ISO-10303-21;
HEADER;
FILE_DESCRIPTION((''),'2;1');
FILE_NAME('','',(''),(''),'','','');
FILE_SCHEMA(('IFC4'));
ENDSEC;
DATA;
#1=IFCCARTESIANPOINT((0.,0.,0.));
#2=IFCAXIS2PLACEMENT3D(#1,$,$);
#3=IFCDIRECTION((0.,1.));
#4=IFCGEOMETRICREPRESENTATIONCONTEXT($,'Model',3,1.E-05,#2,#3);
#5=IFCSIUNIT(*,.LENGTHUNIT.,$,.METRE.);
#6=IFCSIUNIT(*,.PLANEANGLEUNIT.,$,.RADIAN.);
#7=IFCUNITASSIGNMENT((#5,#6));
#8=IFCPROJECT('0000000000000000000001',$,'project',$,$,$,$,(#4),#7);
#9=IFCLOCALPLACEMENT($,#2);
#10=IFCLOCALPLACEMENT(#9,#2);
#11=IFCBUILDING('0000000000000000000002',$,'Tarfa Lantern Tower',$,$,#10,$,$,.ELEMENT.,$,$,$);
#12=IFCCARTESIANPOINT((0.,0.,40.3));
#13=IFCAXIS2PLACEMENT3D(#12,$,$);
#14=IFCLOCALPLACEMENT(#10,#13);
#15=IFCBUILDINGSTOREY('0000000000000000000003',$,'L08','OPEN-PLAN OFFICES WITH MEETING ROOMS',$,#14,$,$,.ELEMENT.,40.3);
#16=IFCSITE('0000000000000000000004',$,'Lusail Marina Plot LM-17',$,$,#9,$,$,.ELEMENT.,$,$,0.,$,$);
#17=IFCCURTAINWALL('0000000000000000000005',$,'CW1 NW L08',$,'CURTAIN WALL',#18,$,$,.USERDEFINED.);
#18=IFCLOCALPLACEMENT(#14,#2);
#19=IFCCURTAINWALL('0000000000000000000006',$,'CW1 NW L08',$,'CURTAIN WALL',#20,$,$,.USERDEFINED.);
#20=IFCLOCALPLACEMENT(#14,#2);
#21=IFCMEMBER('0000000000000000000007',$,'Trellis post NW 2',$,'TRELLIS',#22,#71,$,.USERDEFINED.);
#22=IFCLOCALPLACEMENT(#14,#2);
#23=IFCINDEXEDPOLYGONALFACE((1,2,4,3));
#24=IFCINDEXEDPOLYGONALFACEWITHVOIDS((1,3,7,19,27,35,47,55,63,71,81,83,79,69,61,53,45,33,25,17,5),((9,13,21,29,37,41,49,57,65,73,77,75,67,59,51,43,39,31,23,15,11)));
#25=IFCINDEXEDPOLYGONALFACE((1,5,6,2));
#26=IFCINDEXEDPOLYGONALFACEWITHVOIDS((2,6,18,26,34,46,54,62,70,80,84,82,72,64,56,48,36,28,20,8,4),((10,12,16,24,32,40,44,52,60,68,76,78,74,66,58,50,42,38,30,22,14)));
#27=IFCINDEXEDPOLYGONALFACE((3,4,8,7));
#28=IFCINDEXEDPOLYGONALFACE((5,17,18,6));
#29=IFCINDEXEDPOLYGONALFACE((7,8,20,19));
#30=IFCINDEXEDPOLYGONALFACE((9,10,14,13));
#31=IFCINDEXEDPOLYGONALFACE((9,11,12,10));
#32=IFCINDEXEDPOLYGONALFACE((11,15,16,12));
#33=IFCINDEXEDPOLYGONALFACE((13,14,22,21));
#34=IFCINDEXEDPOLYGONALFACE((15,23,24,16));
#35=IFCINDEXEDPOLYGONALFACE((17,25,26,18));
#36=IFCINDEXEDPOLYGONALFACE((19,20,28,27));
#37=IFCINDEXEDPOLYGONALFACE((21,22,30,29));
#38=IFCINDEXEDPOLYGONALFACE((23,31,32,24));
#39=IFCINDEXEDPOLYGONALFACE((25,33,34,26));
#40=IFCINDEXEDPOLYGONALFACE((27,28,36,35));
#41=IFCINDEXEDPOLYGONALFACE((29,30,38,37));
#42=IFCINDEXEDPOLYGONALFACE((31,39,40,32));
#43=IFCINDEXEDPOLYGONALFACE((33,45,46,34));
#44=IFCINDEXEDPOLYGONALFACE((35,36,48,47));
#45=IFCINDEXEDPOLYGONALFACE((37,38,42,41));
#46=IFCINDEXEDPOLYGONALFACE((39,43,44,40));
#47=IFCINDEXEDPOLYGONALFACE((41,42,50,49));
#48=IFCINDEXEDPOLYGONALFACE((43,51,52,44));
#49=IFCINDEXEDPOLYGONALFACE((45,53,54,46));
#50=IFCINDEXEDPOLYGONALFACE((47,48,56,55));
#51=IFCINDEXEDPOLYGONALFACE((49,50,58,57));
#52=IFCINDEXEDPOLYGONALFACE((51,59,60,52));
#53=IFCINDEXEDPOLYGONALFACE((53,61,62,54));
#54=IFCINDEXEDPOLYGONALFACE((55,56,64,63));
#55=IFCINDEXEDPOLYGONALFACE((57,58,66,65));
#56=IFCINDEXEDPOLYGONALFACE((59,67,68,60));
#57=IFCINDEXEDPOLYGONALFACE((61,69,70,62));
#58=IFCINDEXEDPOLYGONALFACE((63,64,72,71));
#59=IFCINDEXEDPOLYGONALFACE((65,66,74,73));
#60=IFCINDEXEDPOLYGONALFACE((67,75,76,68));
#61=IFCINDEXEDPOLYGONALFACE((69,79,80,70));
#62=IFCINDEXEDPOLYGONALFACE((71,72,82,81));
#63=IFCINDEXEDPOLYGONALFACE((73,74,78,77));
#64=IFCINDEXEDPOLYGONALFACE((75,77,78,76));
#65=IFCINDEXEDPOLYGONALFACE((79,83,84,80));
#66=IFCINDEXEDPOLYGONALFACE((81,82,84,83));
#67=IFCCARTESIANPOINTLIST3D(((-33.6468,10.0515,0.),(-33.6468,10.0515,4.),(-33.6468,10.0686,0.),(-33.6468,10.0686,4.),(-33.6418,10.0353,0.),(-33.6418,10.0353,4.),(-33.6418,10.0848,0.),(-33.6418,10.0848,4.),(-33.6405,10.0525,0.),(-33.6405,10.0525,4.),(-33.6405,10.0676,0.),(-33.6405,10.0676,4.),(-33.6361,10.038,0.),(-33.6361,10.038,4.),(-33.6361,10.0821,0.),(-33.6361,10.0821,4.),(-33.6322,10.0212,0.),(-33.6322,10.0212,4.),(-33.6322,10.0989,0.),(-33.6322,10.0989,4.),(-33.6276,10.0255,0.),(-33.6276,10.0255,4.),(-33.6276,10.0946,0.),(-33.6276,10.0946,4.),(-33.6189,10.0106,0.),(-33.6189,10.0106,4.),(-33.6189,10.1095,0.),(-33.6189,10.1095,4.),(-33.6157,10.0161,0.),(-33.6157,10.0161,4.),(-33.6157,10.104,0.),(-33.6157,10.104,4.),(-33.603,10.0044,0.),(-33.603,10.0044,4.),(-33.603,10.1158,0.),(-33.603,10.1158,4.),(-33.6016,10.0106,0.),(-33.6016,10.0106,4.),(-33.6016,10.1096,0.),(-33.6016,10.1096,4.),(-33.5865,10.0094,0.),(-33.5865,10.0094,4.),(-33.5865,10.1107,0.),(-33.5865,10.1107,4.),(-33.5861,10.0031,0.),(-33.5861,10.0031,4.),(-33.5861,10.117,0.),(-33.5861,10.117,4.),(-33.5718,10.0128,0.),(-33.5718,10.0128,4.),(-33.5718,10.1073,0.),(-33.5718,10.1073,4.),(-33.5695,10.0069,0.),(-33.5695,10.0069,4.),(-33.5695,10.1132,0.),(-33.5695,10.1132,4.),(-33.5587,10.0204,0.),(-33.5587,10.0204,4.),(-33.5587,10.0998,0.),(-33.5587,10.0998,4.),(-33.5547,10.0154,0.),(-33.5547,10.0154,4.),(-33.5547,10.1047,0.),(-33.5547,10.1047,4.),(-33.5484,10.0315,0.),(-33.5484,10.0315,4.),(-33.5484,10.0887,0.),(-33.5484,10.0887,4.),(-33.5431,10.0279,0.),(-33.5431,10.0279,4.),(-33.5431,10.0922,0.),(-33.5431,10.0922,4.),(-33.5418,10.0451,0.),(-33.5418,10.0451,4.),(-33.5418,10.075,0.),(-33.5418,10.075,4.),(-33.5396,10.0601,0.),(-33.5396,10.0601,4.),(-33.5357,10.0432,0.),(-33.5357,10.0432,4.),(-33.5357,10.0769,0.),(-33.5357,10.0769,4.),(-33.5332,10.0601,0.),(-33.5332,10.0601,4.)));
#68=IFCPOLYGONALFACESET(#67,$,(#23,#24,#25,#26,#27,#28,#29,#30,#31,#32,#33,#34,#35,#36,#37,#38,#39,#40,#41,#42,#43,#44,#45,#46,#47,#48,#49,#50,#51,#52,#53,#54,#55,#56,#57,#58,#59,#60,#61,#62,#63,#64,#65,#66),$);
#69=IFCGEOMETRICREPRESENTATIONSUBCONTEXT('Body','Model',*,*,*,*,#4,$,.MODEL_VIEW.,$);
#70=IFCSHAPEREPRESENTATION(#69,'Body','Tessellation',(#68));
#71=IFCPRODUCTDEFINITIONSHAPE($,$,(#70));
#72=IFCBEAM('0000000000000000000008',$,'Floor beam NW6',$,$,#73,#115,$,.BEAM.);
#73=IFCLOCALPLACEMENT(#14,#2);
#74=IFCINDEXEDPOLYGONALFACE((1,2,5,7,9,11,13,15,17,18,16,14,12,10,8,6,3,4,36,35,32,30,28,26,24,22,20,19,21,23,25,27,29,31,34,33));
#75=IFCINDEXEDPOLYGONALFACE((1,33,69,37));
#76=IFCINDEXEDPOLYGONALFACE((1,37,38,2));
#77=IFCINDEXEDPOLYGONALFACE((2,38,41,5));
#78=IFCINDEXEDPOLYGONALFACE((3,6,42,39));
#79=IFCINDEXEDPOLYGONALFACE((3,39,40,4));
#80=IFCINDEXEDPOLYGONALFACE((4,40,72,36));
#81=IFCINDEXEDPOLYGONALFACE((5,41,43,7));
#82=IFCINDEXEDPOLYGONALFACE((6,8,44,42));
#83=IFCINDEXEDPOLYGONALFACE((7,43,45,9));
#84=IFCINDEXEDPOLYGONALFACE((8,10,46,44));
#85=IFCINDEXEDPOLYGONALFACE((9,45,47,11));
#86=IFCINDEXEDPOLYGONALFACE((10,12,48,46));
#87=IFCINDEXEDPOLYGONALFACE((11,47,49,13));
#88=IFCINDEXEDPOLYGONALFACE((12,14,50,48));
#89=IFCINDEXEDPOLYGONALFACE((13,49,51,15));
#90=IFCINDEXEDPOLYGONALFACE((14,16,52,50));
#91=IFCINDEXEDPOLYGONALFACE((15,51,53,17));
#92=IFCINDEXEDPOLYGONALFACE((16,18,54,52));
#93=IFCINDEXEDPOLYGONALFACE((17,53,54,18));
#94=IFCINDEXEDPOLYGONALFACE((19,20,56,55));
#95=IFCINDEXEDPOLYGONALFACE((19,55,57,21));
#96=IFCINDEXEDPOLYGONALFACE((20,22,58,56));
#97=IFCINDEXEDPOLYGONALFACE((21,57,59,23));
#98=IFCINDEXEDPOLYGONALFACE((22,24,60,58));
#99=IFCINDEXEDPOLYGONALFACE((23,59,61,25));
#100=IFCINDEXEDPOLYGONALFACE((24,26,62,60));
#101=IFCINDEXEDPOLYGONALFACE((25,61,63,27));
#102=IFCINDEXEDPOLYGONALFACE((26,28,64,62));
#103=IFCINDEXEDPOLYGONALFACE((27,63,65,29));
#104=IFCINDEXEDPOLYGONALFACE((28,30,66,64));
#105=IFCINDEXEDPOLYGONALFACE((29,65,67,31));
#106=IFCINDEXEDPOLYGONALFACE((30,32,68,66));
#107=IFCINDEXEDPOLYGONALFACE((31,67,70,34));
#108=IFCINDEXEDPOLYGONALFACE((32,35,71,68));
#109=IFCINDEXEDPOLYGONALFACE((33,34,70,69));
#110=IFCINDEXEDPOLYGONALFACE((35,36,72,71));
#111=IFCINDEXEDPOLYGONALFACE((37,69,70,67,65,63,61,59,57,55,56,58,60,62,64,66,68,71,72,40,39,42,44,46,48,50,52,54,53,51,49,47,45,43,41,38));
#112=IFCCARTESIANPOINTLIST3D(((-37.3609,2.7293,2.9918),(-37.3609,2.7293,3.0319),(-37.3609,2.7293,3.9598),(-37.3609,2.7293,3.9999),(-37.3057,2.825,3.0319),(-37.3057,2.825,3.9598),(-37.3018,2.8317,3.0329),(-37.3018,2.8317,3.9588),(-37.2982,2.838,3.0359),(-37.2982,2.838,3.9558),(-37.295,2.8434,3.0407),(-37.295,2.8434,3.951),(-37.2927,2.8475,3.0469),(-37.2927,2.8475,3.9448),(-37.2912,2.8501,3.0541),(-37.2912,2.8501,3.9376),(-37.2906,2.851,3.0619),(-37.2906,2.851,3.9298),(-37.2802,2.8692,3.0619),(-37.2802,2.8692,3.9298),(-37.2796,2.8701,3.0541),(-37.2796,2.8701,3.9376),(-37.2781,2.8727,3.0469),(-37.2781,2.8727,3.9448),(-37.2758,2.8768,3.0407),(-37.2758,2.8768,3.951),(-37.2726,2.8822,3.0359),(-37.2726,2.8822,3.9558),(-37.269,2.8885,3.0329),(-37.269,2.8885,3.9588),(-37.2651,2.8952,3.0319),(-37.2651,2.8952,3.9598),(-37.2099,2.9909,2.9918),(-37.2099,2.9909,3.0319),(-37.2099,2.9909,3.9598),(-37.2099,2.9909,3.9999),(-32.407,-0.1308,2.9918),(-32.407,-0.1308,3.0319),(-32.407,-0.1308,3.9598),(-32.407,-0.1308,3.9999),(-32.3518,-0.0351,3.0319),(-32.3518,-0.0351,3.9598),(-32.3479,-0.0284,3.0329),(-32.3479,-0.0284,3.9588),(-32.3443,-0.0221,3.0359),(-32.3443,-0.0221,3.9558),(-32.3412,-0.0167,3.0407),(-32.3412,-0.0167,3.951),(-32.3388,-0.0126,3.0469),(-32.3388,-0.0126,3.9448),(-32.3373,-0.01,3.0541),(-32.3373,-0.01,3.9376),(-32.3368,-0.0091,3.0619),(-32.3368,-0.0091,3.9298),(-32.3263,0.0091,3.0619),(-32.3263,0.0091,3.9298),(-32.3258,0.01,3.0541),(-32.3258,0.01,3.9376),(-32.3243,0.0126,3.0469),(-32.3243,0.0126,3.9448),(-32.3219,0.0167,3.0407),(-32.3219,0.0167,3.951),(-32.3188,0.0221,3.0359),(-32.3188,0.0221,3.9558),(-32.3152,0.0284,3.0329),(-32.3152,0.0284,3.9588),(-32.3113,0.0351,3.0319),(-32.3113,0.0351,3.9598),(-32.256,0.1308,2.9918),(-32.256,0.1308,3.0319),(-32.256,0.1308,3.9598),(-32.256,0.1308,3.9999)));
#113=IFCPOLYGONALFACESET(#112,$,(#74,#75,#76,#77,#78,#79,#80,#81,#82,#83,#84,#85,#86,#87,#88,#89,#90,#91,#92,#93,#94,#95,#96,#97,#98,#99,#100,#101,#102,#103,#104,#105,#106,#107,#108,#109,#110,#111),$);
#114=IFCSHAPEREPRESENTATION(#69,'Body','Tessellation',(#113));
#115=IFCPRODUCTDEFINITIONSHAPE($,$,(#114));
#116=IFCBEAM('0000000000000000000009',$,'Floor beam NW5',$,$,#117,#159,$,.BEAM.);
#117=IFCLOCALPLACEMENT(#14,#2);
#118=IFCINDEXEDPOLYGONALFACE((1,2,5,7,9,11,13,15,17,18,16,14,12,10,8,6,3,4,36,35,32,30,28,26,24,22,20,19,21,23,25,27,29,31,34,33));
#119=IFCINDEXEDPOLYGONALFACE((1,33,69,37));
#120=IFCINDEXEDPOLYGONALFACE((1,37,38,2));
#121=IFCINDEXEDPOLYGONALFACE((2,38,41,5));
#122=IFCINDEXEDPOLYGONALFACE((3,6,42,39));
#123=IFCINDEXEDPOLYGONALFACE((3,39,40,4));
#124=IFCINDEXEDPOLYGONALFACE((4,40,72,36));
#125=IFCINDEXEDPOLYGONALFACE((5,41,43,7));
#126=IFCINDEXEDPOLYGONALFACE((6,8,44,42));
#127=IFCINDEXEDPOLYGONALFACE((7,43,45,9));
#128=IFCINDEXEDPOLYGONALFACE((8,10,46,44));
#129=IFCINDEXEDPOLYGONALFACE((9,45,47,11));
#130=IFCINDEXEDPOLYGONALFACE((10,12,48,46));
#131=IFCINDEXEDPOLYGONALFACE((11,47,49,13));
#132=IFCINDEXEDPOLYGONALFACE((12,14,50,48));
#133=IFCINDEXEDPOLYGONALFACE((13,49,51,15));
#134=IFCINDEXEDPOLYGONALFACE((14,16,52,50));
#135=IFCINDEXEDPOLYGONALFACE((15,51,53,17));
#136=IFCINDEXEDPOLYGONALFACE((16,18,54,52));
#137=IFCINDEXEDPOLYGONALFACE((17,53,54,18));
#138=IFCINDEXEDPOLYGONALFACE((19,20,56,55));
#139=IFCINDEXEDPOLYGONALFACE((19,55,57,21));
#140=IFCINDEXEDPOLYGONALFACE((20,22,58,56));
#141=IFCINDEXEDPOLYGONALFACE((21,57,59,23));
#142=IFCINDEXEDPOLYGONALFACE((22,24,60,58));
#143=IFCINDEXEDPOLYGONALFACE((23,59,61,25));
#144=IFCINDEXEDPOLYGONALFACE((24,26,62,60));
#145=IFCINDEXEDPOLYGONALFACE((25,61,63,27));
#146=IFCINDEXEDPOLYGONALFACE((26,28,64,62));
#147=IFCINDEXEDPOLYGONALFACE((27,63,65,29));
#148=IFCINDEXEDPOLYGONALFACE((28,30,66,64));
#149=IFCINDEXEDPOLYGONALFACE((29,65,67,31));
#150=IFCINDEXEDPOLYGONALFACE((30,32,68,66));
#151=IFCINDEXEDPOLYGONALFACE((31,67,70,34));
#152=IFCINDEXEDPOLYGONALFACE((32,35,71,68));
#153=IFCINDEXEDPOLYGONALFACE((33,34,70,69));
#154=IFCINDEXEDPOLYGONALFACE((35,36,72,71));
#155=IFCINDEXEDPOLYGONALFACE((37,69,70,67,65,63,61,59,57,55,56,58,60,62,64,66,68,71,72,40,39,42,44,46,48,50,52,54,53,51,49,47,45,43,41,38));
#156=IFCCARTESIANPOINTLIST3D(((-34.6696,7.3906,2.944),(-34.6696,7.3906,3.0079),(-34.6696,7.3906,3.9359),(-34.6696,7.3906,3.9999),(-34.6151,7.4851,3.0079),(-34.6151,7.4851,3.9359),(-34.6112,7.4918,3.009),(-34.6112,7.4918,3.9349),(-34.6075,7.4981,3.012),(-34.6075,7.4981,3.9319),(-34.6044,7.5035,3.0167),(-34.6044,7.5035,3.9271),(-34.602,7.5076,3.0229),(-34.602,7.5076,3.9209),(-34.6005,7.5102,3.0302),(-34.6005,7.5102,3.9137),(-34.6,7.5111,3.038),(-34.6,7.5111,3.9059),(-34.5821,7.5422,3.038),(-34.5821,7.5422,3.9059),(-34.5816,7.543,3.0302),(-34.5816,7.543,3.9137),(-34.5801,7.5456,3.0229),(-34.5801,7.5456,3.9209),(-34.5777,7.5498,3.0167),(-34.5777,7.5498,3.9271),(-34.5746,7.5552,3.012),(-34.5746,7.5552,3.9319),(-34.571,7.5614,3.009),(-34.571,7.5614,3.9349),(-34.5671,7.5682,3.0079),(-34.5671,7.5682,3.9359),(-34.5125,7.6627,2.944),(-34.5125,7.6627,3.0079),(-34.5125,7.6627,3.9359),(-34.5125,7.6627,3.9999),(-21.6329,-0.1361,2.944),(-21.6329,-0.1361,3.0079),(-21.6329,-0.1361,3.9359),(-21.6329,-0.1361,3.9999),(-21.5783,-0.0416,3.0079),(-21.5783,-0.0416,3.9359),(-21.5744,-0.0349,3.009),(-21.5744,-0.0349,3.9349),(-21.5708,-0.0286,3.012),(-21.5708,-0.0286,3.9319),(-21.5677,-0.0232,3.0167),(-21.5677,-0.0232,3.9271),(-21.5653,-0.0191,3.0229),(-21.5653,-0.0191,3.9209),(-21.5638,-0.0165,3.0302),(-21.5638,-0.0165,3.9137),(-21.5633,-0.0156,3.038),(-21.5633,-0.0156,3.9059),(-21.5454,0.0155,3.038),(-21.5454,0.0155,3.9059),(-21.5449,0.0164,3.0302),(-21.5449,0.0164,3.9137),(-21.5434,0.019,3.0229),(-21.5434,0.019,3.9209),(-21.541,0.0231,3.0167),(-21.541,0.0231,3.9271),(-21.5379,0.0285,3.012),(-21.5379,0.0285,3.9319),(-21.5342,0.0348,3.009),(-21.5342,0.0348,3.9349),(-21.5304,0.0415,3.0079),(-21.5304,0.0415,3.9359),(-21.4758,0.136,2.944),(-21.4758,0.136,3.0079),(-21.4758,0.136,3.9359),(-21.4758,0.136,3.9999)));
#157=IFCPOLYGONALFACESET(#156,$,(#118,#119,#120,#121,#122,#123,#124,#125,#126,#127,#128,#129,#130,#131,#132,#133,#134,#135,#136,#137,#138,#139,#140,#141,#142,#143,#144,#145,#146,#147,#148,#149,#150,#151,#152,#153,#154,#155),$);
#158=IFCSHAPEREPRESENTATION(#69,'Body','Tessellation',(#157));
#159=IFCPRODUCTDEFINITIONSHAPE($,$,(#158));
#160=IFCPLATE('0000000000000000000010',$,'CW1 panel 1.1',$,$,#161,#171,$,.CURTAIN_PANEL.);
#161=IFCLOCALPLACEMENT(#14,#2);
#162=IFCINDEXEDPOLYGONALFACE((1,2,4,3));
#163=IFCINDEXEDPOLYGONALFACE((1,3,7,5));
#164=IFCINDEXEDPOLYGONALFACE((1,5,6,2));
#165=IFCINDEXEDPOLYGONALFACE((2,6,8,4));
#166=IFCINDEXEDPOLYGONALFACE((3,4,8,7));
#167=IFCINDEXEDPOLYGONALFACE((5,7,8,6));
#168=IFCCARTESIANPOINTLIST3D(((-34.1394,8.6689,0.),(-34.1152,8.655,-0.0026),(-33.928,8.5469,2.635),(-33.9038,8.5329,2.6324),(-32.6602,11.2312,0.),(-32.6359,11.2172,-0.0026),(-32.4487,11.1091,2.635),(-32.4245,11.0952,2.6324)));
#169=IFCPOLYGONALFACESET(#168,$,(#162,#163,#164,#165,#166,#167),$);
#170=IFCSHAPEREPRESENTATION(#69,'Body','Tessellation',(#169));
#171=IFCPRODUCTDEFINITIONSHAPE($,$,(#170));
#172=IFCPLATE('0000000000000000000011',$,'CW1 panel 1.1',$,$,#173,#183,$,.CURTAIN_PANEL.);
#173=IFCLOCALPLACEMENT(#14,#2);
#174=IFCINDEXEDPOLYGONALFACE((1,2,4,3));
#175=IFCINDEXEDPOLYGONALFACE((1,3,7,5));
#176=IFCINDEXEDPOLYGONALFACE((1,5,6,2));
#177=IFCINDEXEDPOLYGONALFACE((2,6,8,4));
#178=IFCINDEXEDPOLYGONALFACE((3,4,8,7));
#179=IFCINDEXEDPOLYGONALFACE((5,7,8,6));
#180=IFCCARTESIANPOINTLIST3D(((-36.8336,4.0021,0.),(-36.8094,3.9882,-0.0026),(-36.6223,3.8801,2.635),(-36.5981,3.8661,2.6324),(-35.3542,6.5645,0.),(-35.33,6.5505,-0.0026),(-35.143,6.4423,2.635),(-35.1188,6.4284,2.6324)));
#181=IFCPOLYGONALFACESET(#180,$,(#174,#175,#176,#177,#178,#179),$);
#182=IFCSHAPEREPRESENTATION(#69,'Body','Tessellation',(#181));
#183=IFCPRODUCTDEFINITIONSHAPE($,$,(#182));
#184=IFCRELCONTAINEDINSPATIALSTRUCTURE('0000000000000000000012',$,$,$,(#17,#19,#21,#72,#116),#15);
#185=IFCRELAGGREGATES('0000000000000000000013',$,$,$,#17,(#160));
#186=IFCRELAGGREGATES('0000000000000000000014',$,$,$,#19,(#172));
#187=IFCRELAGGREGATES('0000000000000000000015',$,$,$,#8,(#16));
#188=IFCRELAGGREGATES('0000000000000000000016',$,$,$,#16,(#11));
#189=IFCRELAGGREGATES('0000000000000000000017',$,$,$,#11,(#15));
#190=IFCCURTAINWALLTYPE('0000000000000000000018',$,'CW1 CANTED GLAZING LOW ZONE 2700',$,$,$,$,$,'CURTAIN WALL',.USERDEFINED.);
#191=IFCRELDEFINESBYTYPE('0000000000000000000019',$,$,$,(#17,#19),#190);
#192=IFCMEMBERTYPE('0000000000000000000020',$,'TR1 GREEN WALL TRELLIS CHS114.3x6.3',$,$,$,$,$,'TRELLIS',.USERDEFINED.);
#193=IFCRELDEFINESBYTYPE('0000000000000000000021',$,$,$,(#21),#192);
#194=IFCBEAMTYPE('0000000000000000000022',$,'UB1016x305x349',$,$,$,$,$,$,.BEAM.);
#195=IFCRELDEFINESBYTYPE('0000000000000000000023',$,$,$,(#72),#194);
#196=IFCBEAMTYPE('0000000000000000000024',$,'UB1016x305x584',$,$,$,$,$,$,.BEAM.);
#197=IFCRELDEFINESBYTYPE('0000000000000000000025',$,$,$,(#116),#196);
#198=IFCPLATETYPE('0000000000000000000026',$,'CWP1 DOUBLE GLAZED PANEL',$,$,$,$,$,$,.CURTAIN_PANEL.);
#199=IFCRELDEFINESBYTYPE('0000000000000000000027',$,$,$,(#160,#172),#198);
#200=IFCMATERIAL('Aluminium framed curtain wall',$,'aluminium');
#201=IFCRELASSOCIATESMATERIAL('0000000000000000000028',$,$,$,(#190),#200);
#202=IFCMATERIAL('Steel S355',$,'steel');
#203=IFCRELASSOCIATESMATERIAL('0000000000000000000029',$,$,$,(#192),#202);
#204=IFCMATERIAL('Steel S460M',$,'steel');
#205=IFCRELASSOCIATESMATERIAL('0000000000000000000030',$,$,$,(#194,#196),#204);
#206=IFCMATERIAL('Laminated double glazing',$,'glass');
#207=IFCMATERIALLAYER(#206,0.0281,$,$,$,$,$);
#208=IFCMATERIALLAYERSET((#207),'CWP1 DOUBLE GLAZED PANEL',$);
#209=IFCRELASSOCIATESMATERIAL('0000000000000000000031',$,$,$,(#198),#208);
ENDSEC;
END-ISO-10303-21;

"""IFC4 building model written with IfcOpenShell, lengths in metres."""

from ifc_helpers import new_model, si_unit, direction, frame, origin, origin_2d, place, context, subcontext, project, spatial, polyline, hollow_circle, i_section, outline, extrude, material, layer, layer_set, material_profile, profile_set, type_object, element, aggregate, save


model = new_model("IFC4")

# Units and contexts
model_context = context("Model", 3, precision=1e-05, world=origin(), true_north=direction((0.0, 1.0)))
body_context = subcontext(model_context, "Body", "Model", "MODEL_VIEW")
ifc_project = project(units=[si_unit("LENGTHUNIT", "METRE"), si_unit("PLANEANGLEUNIT", "RADIAN")], contexts=[model_context])

# Site, building, storey
site_placement = place(None, origin())
site = spatial("IfcSite", under=ifc_project, at=site_placement, Name="Lusail Marina Plot LM-17", CompositionType="ELEMENT", RefElevation=0.0)
building_placement = place(site_placement, origin())
building = spatial("IfcBuilding", under=site, at=building_placement, Name="Tarfa Lantern Tower", CompositionType="ELEMENT")
storey_placement = place(building_placement, frame((0.0, 0.0, 40.3)))
storey = spatial("IfcBuildingStorey", under=building, at=storey_placement, Name="L08", Description="OPEN-PLAN OFFICES WITH MEETING ROOMS", CompositionType="ELEMENT", Elevation=40.3)

# Curtain walls
ifc_material_1 = material(Name="Aluminium framed curtain wall", Category="aluminium")
curtain_wall_type = type_object("IfcCurtainWallType", Name="CW1 CANTED GLAZING LOW ZONE 2700", ElementType="CURTAIN WALL", PredefinedType="USERDEFINED", material=ifc_material_1)
curtain_wall_1_placement = place(storey_placement, origin())
curtain_wall_1 = element("IfcCurtainWall", 1, at=curtain_wall_1_placement, inside=storey, type_object=curtain_wall_type, Name="CW1 NW L08", ObjectType="CURTAIN WALL", PredefinedType="USERDEFINED")
curtain_wall_2_placement = place(storey_placement, origin())
curtain_wall_2 = element("IfcCurtainWall", 2, at=curtain_wall_2_placement, inside=storey, type_object=curtain_wall_type, Name="CW1 NW L08", ObjectType="CURTAIN WALL", PredefinedType="USERDEFINED")

# Member
ifc_material_2 = material(Name="Steel S355", Category="steel")
ifc_material_profile_1 = material_profile(ifc_material_2, hollow_circle(Radius=0.0571, WallThickness=0.0063, at=origin_2d()), Name="CHS114.3x6.3")
ifc_profile_set_1 = profile_set([ifc_material_profile_1], Name="Steel S355")
member_type_1 = type_object("IfcMemberType", Name="TR1 GREEN WALL TRELLIS CHS114.3x6.3", ElementType="TRELLIS", PredefinedType="USERDEFINED", material=ifc_profile_set_1)
member_1_placement = place(storey_placement, frame((-33.5903, 10.0601, 0.0), z_axis=(0.0, 0.0, 1.0), x_axis=(1.0, 0.0, 0.0)))
element("IfcMember", 3, at=member_1_placement, inside=storey, type_object=member_type_1, Name="Trellis post NW 2", ObjectType="TRELLIS", PredefinedType="USERDEFINED", context=body_context, shape_type="SweptSolid", body=[
    extrude(hollow_circle(Radius=0.0571, WallThickness=0.0063, at=origin_2d()), origin(), (0.0, 0.0, 1.0), 4.0),
])

# Beams
ifc_material_3 = material(Name="Steel S460M", Category="steel")
ifc_material_profile_2 = material_profile(ifc_material_3, i_section(OverallWidth=0.302, OverallDepth=1.0081, WebThickness=0.021, FlangeThickness=0.04, FilletRadius=0.03, at=origin_2d()), Name="UB1016x305x349")
ifc_profile_set_2 = profile_set([ifc_material_profile_2], Name="Steel S460M")
beam_type_1 = type_object("IfcBeamType", Name="UB1016x305x349", PredefinedType="BEAM", material=ifc_profile_set_2)
beam_1_placement = place(storey_placement, frame((-37.2854, 2.8601, 3.4958), z_axis=(0.866026, -0.5, 0.0), x_axis=(0.5, 0.866026, 0.0)))
element("IfcBeam", 4, at=beam_1_placement, inside=storey, type_object=beam_type_1, Name="Floor beam NW6", PredefinedType="BEAM", context=body_context, shape_type="SweptSolid", body=[
    extrude(i_section(OverallWidth=0.302, OverallDepth=1.0081, WebThickness=0.021, FlangeThickness=0.04, FilletRadius=0.03, at=origin_2d()), origin(), (0.0, 0.0, 1.0), 5.7202),
])
ifc_material_profile_3 = material_profile(ifc_material_3, i_section(OverallWidth=0.3142, OverallDepth=1.0559, WebThickness=0.0359, FlangeThickness=0.064, FilletRadius=0.03, at=origin_2d()), Name="UB1016x305x584")
ifc_profile_set_3 = profile_set([ifc_material_profile_3], Name="Steel S460M")
beam_type_2 = type_object("IfcBeamType", Name="UB1016x305x584", PredefinedType="BEAM", material=ifc_profile_set_3)
beam_2_placement = place(storey_placement, frame((-34.5911, 7.5266, 3.4719), z_axis=(0.866028, -0.499996, 0.0), x_axis=(0.499996, 0.866028, 0.0)))
element("IfcBeam", 5, at=beam_2_placement, inside=storey, type_object=beam_type_2, Name="Floor beam NW5", PredefinedType="BEAM", context=body_context, shape_type="SweptSolid", body=[
    extrude(i_section(OverallWidth=0.3142, OverallDepth=1.0559, WebThickness=0.0359, FlangeThickness=0.064, FilletRadius=0.03, at=origin_2d()), origin(), (0.0, 0.0, 1.0), 15.0535),
])

# Plates
ifc_material_4 = material(Name="Laminated double glazing", Category="glass")
ifc_layer_1 = layer(ifc_material_4, 0.0281)
ifc_layer_set_1 = layer_set([ifc_layer_1], Name="CWP1 DOUBLE GLAZED PANEL")
plate_type = type_object("IfcPlateType", Name="CWP1 DOUBLE GLAZED PANEL", PredefinedType="CURTAIN_PANEL", material=ifc_layer_set_1)
plate_1_placement = place(storey_placement, frame((-32.6602, 11.2312, 0.0), z_axis=(-0.862342, 0.49785, 0.092255), x_axis=(-0.499982, -0.866036, 0.0)))
plate_1 = element("IfcPlate", 6, at=plate_1_placement, type_object=plate_type, Name="CW1 panel 1.1", PredefinedType="CURTAIN_PANEL", context=body_context, shape_type="SweptSolid", body=[
    extrude(outline(polyline([(0.0, 0.0), (2.9586, 0.0), (2.9586, 2.6463), (0.0, 2.6463), (0.0, 0.0)])), origin(), (0.0, 0.0, -1.0), 0.0281),
])
aggregate(curtain_wall_1, [plate_1])
plate_2_placement = place(storey_placement, frame((-35.3542, 6.5645, 0.0), z_axis=(-0.862328, 0.497882, 0.092216), x_axis=(-0.500013, -0.866018, -0.000003)))
plate_2 = element("IfcPlate", 7, at=plate_2_placement, type_object=plate_type, Name="CW1 panel 1.1", PredefinedType="CURTAIN_PANEL", context=body_context, shape_type="SweptSolid", body=[
    extrude(outline(polyline([(0.0, 0.0), (2.9587, 0.0), (2.9587, 2.6463), (0.0001, 2.6463), (0.0, 0.0)])), origin(), (0.0, 0.0, -1.0), 0.0281),
])
aggregate(curtain_wall_2, [plate_2])

save(model, "model.ifc")
